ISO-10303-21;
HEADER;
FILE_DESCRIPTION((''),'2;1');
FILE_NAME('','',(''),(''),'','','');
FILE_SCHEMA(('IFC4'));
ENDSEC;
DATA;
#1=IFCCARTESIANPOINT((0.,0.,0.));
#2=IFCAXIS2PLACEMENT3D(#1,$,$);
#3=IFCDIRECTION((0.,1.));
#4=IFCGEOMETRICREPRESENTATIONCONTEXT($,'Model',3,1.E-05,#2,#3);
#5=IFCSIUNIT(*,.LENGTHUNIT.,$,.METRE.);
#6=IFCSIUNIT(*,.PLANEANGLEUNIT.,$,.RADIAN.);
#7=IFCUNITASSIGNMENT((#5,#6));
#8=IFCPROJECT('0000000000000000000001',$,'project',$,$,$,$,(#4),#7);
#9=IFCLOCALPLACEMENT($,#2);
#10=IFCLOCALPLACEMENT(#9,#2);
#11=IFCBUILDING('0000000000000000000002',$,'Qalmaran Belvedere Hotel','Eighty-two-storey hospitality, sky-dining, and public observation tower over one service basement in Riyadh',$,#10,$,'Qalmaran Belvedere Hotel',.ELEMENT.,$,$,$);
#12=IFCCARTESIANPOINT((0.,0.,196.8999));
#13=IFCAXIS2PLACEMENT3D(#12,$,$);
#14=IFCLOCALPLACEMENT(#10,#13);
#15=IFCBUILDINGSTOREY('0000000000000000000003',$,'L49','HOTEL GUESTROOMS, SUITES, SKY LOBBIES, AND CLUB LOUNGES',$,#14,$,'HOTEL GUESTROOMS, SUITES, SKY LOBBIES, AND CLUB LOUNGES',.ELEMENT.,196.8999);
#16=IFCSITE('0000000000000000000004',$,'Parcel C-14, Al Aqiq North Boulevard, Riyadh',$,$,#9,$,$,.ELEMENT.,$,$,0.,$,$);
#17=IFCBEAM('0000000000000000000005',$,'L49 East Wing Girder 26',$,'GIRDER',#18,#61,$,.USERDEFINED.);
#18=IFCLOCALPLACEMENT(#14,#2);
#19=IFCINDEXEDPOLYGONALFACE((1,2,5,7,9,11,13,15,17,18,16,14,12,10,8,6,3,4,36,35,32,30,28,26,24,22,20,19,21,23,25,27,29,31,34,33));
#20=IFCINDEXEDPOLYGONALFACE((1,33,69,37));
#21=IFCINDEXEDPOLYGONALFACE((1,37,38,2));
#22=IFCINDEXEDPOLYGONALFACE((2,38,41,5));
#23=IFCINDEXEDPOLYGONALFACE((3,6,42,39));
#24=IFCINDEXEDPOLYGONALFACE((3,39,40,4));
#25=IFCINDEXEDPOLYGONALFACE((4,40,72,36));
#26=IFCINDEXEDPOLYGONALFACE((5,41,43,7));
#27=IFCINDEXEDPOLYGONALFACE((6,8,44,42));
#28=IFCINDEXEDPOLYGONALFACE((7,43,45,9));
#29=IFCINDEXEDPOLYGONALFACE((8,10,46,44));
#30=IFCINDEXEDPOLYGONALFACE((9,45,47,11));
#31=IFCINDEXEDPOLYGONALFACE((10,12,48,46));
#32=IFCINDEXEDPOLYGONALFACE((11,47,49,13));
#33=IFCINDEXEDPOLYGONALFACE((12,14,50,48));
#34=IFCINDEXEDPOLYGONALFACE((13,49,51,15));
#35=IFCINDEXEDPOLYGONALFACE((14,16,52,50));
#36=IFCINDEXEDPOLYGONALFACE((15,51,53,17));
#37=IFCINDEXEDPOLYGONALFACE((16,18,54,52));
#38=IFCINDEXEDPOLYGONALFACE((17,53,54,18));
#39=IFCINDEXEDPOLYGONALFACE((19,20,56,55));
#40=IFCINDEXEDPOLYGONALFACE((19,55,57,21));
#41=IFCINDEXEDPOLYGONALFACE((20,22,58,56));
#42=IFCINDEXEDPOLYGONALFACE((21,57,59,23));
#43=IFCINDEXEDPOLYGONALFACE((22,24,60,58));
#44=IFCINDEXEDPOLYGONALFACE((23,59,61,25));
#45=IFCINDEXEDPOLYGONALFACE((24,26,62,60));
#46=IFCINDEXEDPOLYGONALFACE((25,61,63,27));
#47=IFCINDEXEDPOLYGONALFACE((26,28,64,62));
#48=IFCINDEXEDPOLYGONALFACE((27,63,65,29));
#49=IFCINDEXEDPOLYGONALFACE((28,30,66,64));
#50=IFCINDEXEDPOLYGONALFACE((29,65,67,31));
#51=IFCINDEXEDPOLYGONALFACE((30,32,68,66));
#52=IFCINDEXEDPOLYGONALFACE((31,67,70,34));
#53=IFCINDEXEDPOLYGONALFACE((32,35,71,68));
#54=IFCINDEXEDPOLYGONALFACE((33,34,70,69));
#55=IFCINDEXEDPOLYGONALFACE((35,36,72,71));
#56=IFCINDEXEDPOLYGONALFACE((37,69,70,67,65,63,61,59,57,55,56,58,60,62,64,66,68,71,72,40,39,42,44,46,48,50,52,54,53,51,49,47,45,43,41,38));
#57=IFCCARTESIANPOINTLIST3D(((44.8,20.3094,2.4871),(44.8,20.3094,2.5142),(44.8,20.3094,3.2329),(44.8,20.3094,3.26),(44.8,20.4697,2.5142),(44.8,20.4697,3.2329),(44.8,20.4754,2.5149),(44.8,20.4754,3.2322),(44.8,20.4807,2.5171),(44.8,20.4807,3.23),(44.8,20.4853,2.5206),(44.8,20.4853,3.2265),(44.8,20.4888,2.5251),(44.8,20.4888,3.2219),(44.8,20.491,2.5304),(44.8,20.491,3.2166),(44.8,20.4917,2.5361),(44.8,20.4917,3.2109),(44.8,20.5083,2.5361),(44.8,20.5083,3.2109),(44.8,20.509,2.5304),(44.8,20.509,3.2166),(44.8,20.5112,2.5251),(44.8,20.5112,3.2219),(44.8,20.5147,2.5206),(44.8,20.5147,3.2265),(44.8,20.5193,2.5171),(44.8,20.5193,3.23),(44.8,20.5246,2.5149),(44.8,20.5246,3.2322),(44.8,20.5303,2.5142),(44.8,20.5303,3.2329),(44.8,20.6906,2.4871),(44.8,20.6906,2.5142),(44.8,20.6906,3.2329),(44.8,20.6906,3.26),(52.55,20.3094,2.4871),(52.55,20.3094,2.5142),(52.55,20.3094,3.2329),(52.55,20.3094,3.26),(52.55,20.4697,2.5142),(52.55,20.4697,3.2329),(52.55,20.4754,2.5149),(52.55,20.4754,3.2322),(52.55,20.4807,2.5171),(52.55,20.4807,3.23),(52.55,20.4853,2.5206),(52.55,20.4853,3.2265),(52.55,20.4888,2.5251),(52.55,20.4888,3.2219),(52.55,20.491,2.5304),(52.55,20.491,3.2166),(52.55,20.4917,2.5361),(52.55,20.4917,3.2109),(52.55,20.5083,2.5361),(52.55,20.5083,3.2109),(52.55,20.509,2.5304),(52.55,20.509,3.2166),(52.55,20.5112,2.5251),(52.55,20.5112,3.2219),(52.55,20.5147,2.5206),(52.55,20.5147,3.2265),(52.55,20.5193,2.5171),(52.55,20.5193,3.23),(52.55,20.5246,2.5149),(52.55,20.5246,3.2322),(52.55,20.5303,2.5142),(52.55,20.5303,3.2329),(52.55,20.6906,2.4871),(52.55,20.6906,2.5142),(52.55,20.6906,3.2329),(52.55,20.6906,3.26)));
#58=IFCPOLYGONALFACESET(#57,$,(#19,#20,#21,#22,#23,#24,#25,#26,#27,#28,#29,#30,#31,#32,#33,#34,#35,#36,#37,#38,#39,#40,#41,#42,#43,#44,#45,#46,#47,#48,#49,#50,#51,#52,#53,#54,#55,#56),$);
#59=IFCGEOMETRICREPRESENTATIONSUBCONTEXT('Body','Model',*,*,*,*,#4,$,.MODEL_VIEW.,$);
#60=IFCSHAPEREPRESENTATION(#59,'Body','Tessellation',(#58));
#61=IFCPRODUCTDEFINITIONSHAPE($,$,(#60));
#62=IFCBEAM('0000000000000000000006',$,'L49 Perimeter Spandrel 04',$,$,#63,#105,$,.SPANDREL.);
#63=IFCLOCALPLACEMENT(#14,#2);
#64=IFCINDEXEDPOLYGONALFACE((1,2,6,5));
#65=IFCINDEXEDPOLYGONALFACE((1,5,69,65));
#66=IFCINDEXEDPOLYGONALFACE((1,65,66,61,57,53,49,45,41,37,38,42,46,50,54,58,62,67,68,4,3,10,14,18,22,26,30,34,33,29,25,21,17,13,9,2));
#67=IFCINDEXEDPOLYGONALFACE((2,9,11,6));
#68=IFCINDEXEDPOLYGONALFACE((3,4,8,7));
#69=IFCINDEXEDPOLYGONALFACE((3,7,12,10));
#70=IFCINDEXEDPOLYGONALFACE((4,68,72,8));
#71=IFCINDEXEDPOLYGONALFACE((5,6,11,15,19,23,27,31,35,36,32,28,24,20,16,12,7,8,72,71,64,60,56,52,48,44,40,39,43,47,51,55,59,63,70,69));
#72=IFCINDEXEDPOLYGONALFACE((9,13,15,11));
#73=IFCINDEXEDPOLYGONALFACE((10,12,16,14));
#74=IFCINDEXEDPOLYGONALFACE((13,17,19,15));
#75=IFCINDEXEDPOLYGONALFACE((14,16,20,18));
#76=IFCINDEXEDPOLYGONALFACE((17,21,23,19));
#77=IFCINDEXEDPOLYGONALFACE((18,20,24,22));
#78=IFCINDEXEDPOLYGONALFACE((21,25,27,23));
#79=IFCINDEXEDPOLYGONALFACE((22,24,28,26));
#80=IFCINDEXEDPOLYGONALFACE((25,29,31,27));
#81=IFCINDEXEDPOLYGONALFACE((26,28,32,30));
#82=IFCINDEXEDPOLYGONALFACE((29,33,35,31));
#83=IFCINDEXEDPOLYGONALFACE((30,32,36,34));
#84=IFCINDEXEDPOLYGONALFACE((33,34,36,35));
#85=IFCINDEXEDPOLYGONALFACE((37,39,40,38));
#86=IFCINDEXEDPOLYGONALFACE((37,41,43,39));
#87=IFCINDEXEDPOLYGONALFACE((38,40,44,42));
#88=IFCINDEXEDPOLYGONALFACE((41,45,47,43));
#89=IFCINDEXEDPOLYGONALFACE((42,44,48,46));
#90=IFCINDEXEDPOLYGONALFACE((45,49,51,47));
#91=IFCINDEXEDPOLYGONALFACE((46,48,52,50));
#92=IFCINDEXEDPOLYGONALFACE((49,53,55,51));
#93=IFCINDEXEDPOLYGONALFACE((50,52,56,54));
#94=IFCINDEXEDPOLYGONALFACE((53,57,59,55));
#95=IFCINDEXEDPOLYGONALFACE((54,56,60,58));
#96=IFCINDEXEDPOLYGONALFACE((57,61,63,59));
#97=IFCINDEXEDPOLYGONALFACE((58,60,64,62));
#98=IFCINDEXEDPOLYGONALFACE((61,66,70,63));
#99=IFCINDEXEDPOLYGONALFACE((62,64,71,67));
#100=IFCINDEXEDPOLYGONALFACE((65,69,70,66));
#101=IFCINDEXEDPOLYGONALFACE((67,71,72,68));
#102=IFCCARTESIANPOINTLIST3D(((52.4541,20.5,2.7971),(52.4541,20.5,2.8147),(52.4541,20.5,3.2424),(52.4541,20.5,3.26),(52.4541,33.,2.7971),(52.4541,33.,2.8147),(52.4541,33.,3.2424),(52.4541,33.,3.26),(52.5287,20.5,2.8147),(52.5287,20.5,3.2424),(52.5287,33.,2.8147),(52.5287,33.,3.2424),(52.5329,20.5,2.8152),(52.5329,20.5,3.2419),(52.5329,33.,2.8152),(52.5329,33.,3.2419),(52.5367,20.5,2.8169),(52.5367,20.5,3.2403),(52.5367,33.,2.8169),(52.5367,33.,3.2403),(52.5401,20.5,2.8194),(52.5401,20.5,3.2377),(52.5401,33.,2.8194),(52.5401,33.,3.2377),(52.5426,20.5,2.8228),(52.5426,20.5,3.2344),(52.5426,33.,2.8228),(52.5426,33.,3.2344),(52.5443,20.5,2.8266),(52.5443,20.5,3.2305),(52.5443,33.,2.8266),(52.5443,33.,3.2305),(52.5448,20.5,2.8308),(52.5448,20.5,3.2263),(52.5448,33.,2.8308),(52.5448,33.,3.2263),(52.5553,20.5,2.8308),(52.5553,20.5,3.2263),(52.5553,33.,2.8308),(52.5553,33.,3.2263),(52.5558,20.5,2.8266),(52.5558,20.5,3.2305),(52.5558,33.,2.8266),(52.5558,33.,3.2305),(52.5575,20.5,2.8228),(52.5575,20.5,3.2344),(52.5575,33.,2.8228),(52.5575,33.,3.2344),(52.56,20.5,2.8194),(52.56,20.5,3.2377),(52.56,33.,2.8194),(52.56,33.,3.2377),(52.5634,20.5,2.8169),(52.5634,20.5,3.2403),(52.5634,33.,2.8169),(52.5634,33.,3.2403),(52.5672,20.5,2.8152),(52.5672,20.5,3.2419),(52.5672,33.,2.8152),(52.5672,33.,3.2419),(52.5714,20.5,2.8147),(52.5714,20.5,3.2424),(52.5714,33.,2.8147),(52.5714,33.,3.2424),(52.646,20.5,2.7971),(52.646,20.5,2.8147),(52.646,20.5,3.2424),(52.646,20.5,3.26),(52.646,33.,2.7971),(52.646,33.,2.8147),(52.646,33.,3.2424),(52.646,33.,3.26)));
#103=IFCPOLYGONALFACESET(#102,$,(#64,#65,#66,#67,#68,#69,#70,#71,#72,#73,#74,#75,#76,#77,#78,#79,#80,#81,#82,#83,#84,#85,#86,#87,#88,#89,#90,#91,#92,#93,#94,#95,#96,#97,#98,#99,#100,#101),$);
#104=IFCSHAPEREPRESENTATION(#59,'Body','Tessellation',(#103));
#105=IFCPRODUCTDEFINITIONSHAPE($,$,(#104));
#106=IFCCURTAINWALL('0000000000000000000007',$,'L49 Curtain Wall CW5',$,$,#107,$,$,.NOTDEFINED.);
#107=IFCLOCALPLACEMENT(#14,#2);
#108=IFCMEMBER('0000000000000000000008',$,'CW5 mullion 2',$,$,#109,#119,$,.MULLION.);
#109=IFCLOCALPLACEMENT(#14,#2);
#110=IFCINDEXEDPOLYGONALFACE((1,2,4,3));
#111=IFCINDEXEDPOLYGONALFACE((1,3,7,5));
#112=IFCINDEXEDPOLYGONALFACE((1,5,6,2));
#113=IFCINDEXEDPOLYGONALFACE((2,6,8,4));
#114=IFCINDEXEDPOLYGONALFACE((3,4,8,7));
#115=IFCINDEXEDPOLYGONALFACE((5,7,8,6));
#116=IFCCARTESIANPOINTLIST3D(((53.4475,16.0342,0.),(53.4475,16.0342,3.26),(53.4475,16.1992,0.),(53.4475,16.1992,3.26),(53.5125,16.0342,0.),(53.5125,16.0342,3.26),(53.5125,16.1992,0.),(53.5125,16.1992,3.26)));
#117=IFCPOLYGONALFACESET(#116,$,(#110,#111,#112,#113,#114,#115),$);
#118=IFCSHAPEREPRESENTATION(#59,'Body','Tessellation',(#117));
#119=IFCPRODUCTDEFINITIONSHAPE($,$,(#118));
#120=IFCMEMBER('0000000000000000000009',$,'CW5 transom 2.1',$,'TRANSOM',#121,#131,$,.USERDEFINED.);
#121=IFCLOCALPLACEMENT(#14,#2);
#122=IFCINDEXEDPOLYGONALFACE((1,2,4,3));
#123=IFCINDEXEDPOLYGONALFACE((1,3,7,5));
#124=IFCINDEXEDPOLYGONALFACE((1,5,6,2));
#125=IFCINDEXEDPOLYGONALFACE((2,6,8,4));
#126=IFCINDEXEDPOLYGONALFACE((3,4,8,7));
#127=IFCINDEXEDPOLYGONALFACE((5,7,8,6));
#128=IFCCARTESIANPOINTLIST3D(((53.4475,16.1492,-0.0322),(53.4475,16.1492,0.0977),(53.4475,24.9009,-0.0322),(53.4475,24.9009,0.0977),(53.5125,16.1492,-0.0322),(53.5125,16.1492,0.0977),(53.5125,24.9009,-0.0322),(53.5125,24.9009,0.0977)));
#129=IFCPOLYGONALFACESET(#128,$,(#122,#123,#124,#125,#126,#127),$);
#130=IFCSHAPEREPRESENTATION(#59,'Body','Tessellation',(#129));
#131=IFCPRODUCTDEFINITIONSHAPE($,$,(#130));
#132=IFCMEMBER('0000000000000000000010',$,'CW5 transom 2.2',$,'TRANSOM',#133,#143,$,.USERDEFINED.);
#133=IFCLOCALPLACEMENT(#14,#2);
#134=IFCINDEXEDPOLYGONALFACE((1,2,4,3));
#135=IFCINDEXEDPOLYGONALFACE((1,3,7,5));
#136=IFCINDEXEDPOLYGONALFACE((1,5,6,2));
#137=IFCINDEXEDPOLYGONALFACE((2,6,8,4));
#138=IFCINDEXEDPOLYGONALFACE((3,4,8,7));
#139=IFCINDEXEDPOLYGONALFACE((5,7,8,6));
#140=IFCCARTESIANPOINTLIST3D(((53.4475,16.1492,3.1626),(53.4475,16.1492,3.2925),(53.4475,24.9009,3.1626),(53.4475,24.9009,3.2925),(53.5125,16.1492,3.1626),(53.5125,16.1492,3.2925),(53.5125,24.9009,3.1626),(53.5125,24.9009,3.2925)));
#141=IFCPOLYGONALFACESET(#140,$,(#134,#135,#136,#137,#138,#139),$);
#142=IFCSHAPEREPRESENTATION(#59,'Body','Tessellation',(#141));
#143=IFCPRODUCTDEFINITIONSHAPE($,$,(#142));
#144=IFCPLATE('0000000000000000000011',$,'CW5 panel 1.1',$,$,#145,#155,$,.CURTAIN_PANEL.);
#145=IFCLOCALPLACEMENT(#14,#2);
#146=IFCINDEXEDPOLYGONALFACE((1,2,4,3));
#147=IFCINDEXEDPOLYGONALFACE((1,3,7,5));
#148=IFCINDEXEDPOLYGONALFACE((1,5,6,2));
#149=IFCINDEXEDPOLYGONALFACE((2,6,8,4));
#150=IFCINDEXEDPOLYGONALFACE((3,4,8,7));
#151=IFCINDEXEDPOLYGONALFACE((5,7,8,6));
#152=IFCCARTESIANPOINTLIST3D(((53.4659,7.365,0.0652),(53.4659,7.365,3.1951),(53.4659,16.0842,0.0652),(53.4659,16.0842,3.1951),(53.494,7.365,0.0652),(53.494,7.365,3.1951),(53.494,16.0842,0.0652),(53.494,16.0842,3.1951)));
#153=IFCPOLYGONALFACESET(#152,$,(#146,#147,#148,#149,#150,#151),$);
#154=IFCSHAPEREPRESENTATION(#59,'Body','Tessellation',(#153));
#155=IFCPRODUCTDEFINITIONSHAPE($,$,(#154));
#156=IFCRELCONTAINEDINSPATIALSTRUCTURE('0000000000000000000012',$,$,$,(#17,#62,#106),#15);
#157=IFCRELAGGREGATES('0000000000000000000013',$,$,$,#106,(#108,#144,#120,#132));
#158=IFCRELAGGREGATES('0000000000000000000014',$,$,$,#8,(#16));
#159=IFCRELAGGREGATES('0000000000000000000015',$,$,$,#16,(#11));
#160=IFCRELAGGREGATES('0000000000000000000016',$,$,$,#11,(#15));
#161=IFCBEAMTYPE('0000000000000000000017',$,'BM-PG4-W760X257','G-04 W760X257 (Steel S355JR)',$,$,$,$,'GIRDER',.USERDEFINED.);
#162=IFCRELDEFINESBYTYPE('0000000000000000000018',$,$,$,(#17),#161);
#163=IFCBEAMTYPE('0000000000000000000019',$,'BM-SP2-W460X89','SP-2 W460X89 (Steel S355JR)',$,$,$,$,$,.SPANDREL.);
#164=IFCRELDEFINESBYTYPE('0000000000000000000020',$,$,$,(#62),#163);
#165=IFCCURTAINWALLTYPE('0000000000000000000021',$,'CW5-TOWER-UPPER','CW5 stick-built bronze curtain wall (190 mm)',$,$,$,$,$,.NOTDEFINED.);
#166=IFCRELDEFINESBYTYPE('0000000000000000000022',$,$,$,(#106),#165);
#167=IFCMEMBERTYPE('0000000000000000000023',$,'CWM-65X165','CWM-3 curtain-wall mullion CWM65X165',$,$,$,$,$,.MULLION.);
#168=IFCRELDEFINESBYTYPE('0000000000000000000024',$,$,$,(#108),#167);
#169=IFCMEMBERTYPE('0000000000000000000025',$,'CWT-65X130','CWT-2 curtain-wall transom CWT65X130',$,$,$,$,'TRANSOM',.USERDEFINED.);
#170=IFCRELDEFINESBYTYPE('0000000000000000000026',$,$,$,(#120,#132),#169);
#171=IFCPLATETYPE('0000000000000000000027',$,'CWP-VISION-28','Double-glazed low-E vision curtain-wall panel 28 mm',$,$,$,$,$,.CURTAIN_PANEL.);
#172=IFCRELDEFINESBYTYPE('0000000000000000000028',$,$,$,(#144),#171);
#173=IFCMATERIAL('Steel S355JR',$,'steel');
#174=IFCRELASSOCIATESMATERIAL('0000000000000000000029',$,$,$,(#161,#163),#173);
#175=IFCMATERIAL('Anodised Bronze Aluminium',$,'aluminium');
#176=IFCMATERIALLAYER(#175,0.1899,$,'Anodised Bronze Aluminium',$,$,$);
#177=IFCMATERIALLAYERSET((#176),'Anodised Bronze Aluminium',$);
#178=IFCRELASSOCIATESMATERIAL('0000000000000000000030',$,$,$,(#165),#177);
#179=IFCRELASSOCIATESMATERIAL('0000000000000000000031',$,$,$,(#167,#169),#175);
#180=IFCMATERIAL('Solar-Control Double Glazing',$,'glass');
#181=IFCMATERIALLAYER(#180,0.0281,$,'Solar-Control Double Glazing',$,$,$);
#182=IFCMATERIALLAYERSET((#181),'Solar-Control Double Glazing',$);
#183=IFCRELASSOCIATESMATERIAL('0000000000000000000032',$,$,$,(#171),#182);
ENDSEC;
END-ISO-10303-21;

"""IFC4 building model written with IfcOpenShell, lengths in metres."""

from ifc_helpers import new_model, si_unit, direction, frame, origin, origin_2d, place, context, subcontext, project, spatial, rectangle, i_section, extrude, material, layer, layer_set, material_profile, profile_set, type_object, element, aggregate, save


model = new_model("IFC4")

# Units and contexts
model_context = context("Model", 3, precision=1e-05, world=origin(), true_north=direction((0.0, 1.0)))
body_context = subcontext(model_context, "Body", "Model", "MODEL_VIEW")
ifc_project = project(units=[si_unit("LENGTHUNIT", "METRE"), si_unit("PLANEANGLEUNIT", "RADIAN")], contexts=[model_context])

# Site, building, storey
site_placement = place(None, origin())
site = spatial("IfcSite", under=ifc_project, at=site_placement, Name="Parcel C-14, Al Aqiq North Boulevard, Riyadh", CompositionType="ELEMENT", RefElevation=0.0)
building_placement = place(site_placement, origin())
building = spatial("IfcBuilding", under=site, at=building_placement, Name="Qalmaran Belvedere Hotel", Description="Eighty-two-storey hospitality, sky-dining, and public observation tower over one service basement in Riyadh", LongName="Qalmaran Belvedere Hotel", CompositionType="ELEMENT")
storey_placement = place(building_placement, frame((0.0, 0.0, 196.8999)))
storey = spatial("IfcBuildingStorey", under=building, at=storey_placement, Name="L49", Description="HOTEL GUESTROOMS, SUITES, SKY LOBBIES, AND CLUB LOUNGES", LongName="HOTEL GUESTROOMS, SUITES, SKY LOBBIES, AND CLUB LOUNGES", CompositionType="ELEMENT", Elevation=196.8999)

# Beams
ifc_material_1 = material(Name="Steel S355JR", Category="steel")
ifc_material_profile_1 = material_profile(ifc_material_1, i_section(OverallWidth=0.3811, OverallDepth=0.7729, WebThickness=0.0166, FlangeThickness=0.0271, FilletRadius=0.022, at=origin_2d()), Name="W760X257")
ifc_profile_set_1 = profile_set([ifc_material_profile_1], Name="Steel S355JR")
beam_type_1 = type_object("IfcBeamType", Name="BM-PG4-W760X257", Description="G-04 W760X257 (Steel S355JR)", ElementType="GIRDER", PredefinedType="USERDEFINED", material=ifc_profile_set_1)
beam_1_placement = place(storey_placement, frame((44.8, 20.5, 2.8735), z_axis=(1.0, 0.0, 0.0), x_axis=(0.0, 1.0, 0.0)))
element("IfcBeam", 1, at=beam_1_placement, inside=storey, type_object=beam_type_1, Name="L49 East Wing Girder 26", ObjectType="GIRDER", PredefinedType="USERDEFINED", context=body_context, shape_type="SweptSolid", body=[
    extrude(i_section(OverallWidth=0.3811, OverallDepth=0.7729, WebThickness=0.0166, FlangeThickness=0.0271, FilletRadius=0.022, at=origin_2d()), origin(), (0.0, 0.0, 1.0), 7.75),
])
ifc_material_profile_2 = material_profile(ifc_material_1, i_section(OverallWidth=0.1919, OverallDepth=0.4629, WebThickness=0.0105, FlangeThickness=0.0176, FilletRadius=0.0161, at=origin_2d()), Name="W460X89")
ifc_profile_set_2 = profile_set([ifc_material_profile_2], Name="Steel S355JR")
beam_type_2 = type_object("IfcBeamType", Name="BM-SP2-W460X89", Description="SP-2 W460X89 (Steel S355JR)", PredefinedType="SPANDREL", material=ifc_profile_set_2)
beam_2_placement = place(storey_placement, frame((52.55, 20.5, 3.0286), z_axis=(0.0, 1.0, 0.0), x_axis=(-1.0, 0.0, 0.0)))
element("IfcBeam", 2, at=beam_2_placement, inside=storey, type_object=beam_type_2, Name="L49 Perimeter Spandrel 04", PredefinedType="SPANDREL", context=body_context, shape_type="SweptSolid", body=[
    extrude(i_section(OverallWidth=0.1919, OverallDepth=0.4629, WebThickness=0.0105, FlangeThickness=0.0176, FilletRadius=0.0161, at=origin_2d()), origin(), (0.0, 0.0, 1.0), 12.5),
])

# Curtain wall, members, plate
ifc_material_2 = material(Name="Anodised Bronze Aluminium", Category="aluminium")
ifc_layer_1 = layer(ifc_material_2, 0.1899, Name="Anodised Bronze Aluminium")
ifc_layer_set_1 = layer_set([ifc_layer_1], Name="Anodised Bronze Aluminium")
curtain_wall_type = type_object("IfcCurtainWallType", Name="CW5-TOWER-UPPER", Description="CW5 stick-built bronze curtain wall (190 mm)", PredefinedType="NOTDEFINED", material=ifc_layer_set_1)
curtain_wall_placement = place(storey_placement, origin())
curtain_wall = element("IfcCurtainWall", 3, at=curtain_wall_placement, inside=storey, type_object=curtain_wall_type, Name="L49 Curtain Wall CW5", PredefinedType="NOTDEFINED")
ifc_material_profile_3 = material_profile(ifc_material_2, rectangle(XDim=0.0649, YDim=0.165, at=origin_2d()), Name="CWM65X165")
ifc_profile_set_3 = profile_set([ifc_material_profile_3], Name="Anodised Bronze Aluminium")
member_type_1 = type_object("IfcMemberType", Name="CWM-65X165", Description="CWM-3 curtain-wall mullion CWM65X165", PredefinedType="MULLION", material=ifc_profile_set_3)
member_1_placement = place(storey_placement, frame((53.48, 16.1167, 0.0), z_axis=(0.0, 0.0, 1.0), x_axis=(-1.0, 0.0, 0.0)))
member_1 = element("IfcMember", 4, at=member_1_placement, type_object=member_type_1, Name="CW5 mullion 2", PredefinedType="MULLION", context=body_context, shape_type="SweptSolid", body=[
    extrude(rectangle(XDim=0.0649, YDim=0.165, at=origin_2d()), origin(), (0.0, 0.0, 1.0), 3.26),
])
ifc_material_profile_4 = material_profile(ifc_material_2, rectangle(XDim=0.0649, YDim=0.1299, at=origin_2d()), Name="CWT65X130")
ifc_profile_set_4 = profile_set([ifc_material_profile_4], Name="Anodised Bronze Aluminium")
member_type_2 = type_object("IfcMemberType", Name="CWT-65X130", Description="CWT-2 curtain-wall transom CWT65X130", ElementType="TRANSOM", PredefinedType="USERDEFINED", material=ifc_profile_set_4)
member_2_placement = place(storey_placement, frame((53.48, 16.1492, 0.0327), z_axis=(0.0, 1.0, 0.0), x_axis=(-1.0, 0.0, 0.0)))
member_2 = element("IfcMember", 5, at=member_2_placement, type_object=member_type_2, Name="CW5 transom 2.1", ObjectType="TRANSOM", PredefinedType="USERDEFINED", context=body_context, shape_type="SweptSolid", body=[
    extrude(rectangle(XDim=0.0649, YDim=0.1299, at=origin_2d()), origin(), (0.0, 0.0, 1.0), 8.7517),
])
member_3_placement = place(storey_placement, frame((53.48, 16.1492, 3.2275), z_axis=(0.0, 1.0, 0.0), x_axis=(-1.0, 0.0, 0.0)))
member_3 = element("IfcMember", 6, at=member_3_placement, type_object=member_type_2, Name="CW5 transom 2.2", ObjectType="TRANSOM", PredefinedType="USERDEFINED", context=body_context, shape_type="SweptSolid", body=[
    extrude(rectangle(XDim=0.0649, YDim=0.1299, at=origin_2d()), origin(), (0.0, 0.0, 1.0), 8.7517),
])
ifc_material_3 = material(Name="Solar-Control Double Glazing", Category="glass")
ifc_layer_2 = layer(ifc_material_3, 0.0281, Name="Solar-Control Double Glazing")
ifc_layer_set_2 = layer_set([ifc_layer_2], Name="Solar-Control Double Glazing")
plate_type = type_object("IfcPlateType", Name="CWP-VISION-28", Description="Double-glazed low-E vision curtain-wall panel 28 mm", PredefinedType="CURTAIN_PANEL", material=ifc_layer_set_2)
plate_placement = place(storey_placement, frame((53.48, 11.7246, 0.0652), z_axis=(0.0, 0.0, 1.0), x_axis=(0.0, 1.0, 0.0)))
plate = element("IfcPlate", 7, at=plate_placement, type_object=plate_type, Name="CW5 panel 1.1", PredefinedType="CURTAIN_PANEL", context=body_context, shape_type="SweptSolid", body=[
    extrude(rectangle(XDim=8.7192, YDim=0.0281, at=origin_2d()), origin(), (0.0, 0.0, 1.0), 3.1299),
])
aggregate(curtain_wall, [member_1, plate, member_2, member_3])

save(model, "model.ifc")
